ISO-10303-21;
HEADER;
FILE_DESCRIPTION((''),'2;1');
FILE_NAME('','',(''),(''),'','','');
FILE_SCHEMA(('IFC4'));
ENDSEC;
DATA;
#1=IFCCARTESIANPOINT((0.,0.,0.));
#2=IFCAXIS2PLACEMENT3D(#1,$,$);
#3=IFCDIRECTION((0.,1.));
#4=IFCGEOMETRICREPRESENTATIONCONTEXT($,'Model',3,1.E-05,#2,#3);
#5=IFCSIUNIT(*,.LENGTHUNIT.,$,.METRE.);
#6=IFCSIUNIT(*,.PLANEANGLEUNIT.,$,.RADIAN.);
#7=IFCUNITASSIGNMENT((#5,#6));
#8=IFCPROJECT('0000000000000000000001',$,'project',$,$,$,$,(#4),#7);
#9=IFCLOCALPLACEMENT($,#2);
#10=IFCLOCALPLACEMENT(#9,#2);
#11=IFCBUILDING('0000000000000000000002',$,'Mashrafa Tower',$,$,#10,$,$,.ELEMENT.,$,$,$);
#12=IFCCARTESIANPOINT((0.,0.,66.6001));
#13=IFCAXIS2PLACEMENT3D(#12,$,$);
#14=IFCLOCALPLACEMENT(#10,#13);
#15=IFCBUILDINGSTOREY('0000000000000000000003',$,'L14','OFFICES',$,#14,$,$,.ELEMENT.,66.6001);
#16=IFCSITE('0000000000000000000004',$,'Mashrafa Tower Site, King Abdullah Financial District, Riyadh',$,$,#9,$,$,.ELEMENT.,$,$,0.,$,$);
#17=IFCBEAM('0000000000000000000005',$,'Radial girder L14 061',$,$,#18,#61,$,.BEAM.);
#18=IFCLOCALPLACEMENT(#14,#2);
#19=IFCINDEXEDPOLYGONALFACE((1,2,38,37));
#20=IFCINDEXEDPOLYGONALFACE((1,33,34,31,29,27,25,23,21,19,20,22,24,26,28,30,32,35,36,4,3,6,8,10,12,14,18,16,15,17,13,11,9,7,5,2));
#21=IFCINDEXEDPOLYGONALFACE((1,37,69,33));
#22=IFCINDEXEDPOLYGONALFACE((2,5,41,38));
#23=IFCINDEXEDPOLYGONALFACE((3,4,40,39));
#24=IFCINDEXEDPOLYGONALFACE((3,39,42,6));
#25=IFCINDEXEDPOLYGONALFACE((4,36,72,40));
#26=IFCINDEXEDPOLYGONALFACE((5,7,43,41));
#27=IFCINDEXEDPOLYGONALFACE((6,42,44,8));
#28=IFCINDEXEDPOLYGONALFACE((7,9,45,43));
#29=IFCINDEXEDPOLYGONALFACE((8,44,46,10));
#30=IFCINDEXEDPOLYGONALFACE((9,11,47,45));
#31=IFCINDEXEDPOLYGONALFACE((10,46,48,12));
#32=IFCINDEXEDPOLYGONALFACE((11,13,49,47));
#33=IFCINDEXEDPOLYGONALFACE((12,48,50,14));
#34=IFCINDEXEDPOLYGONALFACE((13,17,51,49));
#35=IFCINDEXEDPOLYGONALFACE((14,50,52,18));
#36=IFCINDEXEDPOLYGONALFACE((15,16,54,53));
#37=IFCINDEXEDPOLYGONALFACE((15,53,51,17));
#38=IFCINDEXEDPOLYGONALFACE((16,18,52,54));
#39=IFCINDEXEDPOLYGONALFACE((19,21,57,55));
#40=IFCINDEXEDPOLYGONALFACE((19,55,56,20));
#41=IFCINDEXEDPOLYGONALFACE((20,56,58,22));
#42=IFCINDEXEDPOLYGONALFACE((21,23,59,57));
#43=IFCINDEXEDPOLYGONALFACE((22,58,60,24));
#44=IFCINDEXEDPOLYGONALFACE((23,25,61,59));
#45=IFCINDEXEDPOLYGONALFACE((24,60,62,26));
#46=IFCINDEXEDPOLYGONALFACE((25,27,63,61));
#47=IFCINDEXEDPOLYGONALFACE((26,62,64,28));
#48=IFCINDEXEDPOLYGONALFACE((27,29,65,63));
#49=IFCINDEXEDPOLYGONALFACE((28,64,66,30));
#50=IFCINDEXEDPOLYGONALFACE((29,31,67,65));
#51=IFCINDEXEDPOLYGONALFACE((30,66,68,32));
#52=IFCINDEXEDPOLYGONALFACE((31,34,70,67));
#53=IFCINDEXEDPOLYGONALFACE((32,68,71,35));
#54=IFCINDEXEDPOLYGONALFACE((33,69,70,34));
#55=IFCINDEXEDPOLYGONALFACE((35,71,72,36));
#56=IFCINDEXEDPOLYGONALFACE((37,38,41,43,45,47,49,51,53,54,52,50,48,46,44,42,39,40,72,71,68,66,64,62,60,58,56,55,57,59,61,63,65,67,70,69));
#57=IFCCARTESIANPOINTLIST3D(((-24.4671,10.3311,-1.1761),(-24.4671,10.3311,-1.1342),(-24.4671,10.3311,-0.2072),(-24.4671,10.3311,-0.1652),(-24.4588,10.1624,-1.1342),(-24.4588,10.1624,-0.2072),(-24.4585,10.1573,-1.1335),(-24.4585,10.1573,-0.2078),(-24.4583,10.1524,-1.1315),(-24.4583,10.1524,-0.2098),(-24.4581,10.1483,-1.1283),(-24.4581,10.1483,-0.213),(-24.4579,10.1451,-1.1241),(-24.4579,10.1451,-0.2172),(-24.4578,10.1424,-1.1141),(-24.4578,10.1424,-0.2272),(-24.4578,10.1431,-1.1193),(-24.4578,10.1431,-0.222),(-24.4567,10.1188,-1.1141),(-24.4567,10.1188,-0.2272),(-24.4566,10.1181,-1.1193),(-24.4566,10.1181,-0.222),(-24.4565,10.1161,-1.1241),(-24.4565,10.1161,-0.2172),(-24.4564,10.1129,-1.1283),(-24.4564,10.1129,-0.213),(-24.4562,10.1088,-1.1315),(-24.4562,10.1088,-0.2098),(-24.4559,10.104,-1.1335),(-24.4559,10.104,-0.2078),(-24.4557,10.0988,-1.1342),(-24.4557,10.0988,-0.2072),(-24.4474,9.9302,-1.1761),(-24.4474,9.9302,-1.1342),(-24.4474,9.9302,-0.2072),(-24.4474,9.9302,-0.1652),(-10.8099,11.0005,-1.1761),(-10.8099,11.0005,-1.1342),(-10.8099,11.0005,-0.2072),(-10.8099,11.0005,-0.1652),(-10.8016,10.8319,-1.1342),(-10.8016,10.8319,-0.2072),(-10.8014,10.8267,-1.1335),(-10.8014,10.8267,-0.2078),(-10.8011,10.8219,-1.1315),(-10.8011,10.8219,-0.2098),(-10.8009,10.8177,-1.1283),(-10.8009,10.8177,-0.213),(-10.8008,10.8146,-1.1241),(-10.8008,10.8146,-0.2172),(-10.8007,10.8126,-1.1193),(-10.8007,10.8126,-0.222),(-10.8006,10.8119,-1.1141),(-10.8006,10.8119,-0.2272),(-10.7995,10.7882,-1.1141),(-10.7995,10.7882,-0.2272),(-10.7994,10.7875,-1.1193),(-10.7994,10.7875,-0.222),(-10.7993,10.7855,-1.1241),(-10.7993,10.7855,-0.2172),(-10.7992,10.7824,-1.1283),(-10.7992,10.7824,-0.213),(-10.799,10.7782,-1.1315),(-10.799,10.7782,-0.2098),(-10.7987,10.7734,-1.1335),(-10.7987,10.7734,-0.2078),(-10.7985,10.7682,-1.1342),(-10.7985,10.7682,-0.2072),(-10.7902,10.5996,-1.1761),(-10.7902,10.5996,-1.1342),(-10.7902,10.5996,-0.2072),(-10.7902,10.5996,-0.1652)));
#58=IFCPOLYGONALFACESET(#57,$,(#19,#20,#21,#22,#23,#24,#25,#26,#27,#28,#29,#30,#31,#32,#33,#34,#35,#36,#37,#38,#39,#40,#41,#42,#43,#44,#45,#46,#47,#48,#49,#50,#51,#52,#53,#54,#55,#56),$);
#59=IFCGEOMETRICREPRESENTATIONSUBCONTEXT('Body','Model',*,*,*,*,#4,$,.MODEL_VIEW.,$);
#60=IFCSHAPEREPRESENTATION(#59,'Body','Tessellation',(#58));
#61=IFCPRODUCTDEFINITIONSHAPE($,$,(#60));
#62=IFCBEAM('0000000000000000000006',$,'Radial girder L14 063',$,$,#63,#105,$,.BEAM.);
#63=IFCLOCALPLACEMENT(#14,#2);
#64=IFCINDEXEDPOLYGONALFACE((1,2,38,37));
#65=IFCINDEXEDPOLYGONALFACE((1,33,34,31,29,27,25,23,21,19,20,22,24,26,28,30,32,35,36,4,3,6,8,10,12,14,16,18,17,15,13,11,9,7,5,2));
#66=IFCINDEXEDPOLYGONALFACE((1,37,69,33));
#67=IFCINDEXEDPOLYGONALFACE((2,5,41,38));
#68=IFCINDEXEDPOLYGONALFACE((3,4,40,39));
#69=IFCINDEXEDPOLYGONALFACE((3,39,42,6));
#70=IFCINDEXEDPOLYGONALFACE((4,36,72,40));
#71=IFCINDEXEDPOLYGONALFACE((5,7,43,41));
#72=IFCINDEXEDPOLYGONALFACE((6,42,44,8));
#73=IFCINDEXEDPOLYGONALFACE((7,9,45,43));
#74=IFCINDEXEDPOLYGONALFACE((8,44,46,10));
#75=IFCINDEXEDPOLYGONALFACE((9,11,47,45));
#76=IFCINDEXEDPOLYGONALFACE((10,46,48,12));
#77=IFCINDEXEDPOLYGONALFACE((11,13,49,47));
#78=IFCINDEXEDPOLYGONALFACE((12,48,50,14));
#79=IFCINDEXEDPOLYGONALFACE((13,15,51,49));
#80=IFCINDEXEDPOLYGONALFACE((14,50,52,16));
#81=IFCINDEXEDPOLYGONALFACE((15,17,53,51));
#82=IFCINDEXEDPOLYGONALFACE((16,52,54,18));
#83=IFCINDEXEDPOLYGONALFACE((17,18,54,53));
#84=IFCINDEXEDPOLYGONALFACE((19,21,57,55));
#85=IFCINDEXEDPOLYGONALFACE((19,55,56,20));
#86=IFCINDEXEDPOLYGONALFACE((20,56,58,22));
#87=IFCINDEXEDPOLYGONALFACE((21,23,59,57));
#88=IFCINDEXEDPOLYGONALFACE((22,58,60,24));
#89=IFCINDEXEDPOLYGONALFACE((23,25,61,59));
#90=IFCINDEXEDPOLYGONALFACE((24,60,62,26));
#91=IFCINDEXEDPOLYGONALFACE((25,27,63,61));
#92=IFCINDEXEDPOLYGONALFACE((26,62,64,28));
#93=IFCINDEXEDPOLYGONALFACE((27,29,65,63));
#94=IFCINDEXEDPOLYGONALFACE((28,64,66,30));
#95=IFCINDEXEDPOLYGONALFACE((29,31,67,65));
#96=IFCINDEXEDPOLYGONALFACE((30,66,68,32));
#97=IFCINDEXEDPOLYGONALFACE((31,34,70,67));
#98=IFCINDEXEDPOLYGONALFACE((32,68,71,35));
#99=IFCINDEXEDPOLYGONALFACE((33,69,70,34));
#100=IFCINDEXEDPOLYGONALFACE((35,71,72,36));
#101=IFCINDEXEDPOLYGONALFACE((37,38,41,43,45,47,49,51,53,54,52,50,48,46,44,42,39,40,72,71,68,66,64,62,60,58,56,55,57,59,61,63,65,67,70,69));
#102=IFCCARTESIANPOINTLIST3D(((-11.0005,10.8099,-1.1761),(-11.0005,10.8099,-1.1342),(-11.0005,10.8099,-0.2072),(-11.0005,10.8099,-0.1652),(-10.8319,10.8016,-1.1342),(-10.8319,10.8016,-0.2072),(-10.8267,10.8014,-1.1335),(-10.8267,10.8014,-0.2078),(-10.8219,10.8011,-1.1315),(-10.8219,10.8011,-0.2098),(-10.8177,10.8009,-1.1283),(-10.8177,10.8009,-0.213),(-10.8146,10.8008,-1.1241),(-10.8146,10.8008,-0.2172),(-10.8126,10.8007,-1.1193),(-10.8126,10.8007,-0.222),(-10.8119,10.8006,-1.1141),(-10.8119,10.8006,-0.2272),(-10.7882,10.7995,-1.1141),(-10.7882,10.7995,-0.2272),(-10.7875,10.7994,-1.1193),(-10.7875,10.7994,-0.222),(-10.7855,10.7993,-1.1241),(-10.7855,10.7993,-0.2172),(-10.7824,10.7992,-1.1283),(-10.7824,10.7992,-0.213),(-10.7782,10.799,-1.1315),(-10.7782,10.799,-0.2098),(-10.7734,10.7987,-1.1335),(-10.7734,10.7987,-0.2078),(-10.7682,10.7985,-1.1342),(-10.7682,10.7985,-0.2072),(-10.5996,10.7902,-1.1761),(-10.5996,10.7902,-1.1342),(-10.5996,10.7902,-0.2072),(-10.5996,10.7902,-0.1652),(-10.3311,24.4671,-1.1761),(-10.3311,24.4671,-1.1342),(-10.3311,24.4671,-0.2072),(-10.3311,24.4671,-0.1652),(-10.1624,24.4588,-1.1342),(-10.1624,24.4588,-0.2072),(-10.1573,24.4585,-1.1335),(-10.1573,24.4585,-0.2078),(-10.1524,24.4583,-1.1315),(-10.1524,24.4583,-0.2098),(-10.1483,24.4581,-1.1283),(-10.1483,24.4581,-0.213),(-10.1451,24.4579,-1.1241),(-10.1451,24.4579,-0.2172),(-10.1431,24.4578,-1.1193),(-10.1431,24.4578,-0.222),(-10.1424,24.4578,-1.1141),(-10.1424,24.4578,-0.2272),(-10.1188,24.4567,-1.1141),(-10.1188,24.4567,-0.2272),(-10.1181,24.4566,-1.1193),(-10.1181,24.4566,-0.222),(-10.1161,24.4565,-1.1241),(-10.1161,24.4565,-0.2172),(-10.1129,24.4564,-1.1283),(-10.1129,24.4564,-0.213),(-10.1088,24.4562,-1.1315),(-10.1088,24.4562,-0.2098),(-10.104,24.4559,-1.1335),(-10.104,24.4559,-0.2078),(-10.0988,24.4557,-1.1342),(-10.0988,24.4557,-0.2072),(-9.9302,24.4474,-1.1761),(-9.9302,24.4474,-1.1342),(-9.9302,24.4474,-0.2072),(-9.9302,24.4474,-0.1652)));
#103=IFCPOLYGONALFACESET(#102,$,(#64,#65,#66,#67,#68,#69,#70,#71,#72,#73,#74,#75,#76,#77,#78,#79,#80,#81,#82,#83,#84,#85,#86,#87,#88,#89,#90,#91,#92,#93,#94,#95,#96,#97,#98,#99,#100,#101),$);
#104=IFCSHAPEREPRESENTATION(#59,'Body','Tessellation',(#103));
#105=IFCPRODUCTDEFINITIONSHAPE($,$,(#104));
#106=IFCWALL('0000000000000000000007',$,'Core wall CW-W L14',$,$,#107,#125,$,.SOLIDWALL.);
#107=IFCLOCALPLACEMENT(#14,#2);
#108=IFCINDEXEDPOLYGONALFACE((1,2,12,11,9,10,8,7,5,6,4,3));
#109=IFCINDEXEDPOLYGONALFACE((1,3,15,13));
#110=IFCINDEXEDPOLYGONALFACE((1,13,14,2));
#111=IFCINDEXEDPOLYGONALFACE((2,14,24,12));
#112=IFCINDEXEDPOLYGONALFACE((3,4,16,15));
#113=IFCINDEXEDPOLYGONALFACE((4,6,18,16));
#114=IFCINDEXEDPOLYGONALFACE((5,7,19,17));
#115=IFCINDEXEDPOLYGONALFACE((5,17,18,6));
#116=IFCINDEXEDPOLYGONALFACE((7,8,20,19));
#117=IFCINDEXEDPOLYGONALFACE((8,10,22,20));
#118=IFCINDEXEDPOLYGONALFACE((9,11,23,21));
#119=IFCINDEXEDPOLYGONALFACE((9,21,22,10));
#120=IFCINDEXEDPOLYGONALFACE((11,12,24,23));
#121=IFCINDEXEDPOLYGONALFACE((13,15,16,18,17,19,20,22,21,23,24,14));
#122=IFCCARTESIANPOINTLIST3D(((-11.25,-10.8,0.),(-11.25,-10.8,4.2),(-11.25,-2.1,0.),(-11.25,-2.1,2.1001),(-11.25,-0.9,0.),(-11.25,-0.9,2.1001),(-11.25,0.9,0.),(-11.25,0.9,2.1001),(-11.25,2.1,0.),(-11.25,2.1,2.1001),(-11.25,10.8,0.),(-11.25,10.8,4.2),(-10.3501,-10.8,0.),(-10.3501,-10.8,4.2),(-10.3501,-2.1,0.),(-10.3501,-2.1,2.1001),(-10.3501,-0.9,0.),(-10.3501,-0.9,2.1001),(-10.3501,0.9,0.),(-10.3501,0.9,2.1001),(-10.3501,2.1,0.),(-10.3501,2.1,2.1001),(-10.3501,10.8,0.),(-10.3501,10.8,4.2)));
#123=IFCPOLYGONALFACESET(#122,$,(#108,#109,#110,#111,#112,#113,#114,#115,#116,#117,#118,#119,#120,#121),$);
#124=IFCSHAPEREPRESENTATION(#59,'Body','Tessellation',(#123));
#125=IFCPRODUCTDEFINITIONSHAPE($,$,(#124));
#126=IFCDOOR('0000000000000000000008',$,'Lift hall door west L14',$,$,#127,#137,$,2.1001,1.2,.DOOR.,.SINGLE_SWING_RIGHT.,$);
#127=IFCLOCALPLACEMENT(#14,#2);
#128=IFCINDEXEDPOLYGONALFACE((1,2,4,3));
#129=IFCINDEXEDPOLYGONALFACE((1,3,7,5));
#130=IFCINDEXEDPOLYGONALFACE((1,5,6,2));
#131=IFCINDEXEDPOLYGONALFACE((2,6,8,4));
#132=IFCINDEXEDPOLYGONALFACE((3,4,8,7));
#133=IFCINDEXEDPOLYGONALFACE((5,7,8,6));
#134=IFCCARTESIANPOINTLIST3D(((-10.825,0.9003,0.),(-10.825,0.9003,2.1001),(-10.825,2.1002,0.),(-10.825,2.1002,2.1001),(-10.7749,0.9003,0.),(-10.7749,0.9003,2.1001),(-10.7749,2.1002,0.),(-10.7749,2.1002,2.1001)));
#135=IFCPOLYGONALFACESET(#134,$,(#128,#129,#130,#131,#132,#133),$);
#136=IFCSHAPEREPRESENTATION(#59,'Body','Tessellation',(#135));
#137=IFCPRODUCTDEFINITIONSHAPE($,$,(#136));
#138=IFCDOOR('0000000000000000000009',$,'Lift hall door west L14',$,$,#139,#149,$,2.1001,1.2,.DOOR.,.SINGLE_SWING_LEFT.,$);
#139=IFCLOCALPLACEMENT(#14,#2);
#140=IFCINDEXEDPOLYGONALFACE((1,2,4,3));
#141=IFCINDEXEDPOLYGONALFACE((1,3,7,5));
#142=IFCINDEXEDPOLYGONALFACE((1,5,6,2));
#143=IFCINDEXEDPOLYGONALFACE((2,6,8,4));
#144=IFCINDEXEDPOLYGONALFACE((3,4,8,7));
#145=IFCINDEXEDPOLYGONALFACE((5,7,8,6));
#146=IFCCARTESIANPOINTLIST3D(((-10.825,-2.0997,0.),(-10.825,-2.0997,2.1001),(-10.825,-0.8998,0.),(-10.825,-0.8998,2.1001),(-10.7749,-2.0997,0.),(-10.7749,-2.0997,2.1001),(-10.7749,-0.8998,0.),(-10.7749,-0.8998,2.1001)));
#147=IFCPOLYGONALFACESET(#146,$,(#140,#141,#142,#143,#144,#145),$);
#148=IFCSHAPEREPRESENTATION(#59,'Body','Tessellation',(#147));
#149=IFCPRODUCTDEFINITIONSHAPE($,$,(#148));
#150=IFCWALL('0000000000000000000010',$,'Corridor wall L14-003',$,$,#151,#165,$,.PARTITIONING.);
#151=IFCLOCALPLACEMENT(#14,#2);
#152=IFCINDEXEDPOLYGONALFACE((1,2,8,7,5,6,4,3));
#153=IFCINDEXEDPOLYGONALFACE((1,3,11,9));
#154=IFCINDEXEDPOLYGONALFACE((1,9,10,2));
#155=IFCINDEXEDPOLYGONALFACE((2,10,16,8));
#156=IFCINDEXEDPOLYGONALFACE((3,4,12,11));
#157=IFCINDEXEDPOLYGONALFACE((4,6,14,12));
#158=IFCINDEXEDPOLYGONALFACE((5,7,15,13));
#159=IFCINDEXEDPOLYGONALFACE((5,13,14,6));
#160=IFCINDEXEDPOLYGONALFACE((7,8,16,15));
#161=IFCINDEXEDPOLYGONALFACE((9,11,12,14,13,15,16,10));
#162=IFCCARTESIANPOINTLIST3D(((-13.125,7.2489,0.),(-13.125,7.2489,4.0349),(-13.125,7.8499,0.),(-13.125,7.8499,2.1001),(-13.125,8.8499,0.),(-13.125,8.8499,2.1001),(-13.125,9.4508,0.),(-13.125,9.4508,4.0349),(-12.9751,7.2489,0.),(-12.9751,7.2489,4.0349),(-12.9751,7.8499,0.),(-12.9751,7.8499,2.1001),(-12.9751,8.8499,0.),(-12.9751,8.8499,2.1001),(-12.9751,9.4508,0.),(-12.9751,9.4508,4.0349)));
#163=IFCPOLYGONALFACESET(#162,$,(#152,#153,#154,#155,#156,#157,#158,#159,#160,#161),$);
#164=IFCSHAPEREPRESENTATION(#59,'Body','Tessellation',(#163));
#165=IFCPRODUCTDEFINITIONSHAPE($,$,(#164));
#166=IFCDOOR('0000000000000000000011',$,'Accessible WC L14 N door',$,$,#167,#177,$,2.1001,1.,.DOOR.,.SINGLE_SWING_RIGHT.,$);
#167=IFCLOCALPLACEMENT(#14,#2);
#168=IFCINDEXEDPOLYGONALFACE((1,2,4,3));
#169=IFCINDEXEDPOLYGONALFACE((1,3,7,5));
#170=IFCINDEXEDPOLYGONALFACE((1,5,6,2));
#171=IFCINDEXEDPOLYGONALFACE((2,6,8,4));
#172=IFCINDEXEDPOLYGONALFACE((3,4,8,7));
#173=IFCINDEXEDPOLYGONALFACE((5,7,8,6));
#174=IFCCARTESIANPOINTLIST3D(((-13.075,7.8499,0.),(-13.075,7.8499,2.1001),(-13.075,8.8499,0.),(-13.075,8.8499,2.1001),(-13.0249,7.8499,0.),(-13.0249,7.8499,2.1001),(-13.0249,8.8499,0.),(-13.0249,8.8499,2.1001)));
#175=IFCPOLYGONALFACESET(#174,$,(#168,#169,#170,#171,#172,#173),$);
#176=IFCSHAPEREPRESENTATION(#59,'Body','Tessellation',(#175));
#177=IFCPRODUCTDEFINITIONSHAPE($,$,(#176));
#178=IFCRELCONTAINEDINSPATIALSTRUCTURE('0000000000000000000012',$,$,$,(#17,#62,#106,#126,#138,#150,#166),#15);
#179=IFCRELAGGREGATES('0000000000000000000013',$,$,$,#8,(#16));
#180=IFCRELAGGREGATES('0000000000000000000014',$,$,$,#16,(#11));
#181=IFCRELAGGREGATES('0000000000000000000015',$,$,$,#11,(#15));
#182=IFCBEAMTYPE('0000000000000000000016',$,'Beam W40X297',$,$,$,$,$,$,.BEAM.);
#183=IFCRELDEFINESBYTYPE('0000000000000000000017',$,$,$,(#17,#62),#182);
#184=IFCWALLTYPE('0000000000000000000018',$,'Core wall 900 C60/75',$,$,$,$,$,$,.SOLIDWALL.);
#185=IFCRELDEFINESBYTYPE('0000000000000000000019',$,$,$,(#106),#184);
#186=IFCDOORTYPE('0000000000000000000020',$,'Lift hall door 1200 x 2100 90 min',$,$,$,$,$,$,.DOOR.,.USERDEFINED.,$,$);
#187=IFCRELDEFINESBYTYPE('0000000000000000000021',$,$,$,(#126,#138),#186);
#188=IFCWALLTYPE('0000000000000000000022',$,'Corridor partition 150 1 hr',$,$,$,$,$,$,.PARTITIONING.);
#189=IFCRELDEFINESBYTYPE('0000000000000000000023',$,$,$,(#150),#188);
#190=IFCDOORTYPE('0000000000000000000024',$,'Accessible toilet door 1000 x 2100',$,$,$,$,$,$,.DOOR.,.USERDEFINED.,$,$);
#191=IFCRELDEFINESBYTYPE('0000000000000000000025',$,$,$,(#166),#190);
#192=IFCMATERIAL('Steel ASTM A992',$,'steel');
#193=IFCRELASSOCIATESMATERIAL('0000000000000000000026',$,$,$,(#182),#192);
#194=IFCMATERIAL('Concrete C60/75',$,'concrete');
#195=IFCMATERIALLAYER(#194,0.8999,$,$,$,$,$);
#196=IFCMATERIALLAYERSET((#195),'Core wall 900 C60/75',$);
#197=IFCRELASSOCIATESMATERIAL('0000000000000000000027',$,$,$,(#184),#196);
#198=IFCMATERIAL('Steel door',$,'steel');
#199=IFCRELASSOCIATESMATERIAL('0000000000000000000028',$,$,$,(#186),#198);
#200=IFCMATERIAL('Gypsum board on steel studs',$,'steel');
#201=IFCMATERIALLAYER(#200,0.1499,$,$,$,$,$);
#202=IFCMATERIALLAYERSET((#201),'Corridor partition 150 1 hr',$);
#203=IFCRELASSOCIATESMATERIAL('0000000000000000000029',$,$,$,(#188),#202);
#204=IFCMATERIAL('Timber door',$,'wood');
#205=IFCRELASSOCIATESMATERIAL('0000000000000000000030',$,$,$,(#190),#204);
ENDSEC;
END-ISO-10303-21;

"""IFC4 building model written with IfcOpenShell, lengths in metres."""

from ifc_helpers import new_model, si_unit, direction, frame, frame_2d, origin, origin_2d, place, context, subcontext, project, spatial, rectangle, i_section, extrude, material, layer, layer_set, material_profile, profile_set, type_object, element, fill, save


model = new_model("IFC4")

# Units and contexts
model_context = context("Model", 3, precision=1e-05, world=origin(), true_north=direction((0.0, 1.0)))
body_context = subcontext(model_context, "Body", "Model", "MODEL_VIEW")
ifc_project = project(units=[si_unit("LENGTHUNIT", "METRE"), si_unit("PLANEANGLEUNIT", "RADIAN")], contexts=[model_context])

# Site, building, storey
site_placement = place(None, origin())
site = spatial("IfcSite", under=ifc_project, at=site_placement, Name="Mashrafa Tower Site, King Abdullah Financial District, Riyadh", CompositionType="ELEMENT", RefElevation=0.0)
building_placement = place(site_placement, origin())
building = spatial("IfcBuilding", under=site, at=building_placement, Name="Mashrafa Tower", CompositionType="ELEMENT")
storey_placement = place(building_placement, frame((0.0, 0.0, 66.6001)))
storey = spatial("IfcBuildingStorey", under=building, at=storey_placement, Name="L14", Description="OFFICES", CompositionType="ELEMENT", Elevation=66.6001)

# Beams
ifc_material_1 = material(Name="Steel ASTM A992", Category="steel")
ifc_material_profile_1 = material_profile(ifc_material_1, i_section(OverallWidth=0.4014, OverallDepth=1.011, WebThickness=0.0237, FlangeThickness=0.042, FilletRadius=0.02, at=origin_2d()), Name="W40X297")
ifc_profile_set_1 = profile_set([ifc_material_profile_1], Name="Steel ASTM A992")
beam_type_1 = type_object("IfcBeamType", Name="Beam W40X297", PredefinedType="BEAM", material=ifc_profile_set_1)
for number, where, z_axis, x_axis, name in (
    (1, (-10.8, 10.8, -0.6707), (-0.998801, -0.048958, 0.0), (0.048958, -0.998801, 0.0), "Radial girder L14 061"),
    (2, (-10.8, 10.8, -0.6707), (0.048958, 0.998801, 0.0), (-0.998801, 0.048958, 0.0), "Radial girder L14 063"),
):
    element("IfcBeam", number, at=place(storey_placement, frame(where, z_axis=z_axis, x_axis=x_axis)), inside=storey, type_object=beam_type_1, Name=name, PredefinedType="BEAM", context=body_context, shape_type="SweptSolid", body=[
        extrude(i_section(OverallWidth=0.4014, OverallDepth=1.011, WebThickness=0.0237, FlangeThickness=0.042, FilletRadius=0.02, at=origin_2d()), origin(), (0.0, 0.0, 1.0), 13.6736),
    ])

# Wall, openings, doors
ifc_material_2 = material(Name="Concrete C60/75", Category="concrete")
ifc_layer_1 = layer(ifc_material_2, 0.8999)
ifc_layer_set_1 = layer_set([ifc_layer_1], Name="Core wall 900 C60/75")
wall_type_1 = type_object("IfcWallType", Name="Core wall 900 C60/75", PredefinedType="SOLIDWALL", material=ifc_layer_set_1)
wall_1_placement = place(storey_placement, frame((-10.8, 10.8, 0.0), z_axis=(0.0, 0.0, 1.0), x_axis=(0.0, -1.0, 0.0)))
wall_1 = element("IfcWall", 3, at=wall_1_placement, inside=storey, type_object=wall_type_1, Name="Core wall CW-W L14", PredefinedType="SOLIDWALL", context=body_context, shape_type="SweptSolid", body=[
    extrude(rectangle(XDim=21.6001, YDim=0.8999, at=frame_2d((10.8, 0.0))), origin(), (0.0, 0.0, 1.0), 4.2),
])
opening_1_placement = place(wall_1_placement, frame((8.7, 0.0, 0.0)))
opening_1 = element("IfcOpeningElement", 4, at=opening_1_placement, cuts=wall_1, PredefinedType="OPENING", context=body_context, shape_type="SweptSolid", body=[
    extrude(rectangle(XDim=1.2, YDim=2.1001, at=frame_2d((0.6001, 1.05))), frame((0.0, 0.46, 0.0), z_axis=(0.0, -1.0, 0.0), x_axis=(1.0, 0.0, 0.0)), (0.0, 0.0, 1.0), 0.9199),
])
opening_2_placement = place(wall_1_placement, frame((11.7, 0.0, 0.0)))
opening_2 = element("IfcOpeningElement", 5, at=opening_2_placement, cuts=wall_1, PredefinedType="OPENING", context=body_context, shape_type="SweptSolid", body=[
    extrude(rectangle(XDim=1.2, YDim=2.1001, at=frame_2d((0.6001, 1.05))), frame((0.0, 0.46, 0.0), z_axis=(0.0, -1.0, 0.0), x_axis=(1.0, 0.0, 0.0)), (0.0, 0.0, 1.0), 0.9199),
])
ifc_material_3 = material(Name="Steel door", Category="steel")
door_type_1 = type_object("IfcDoorType", Name="Lift hall door 1200 x 2100 90 min", OperationType="USERDEFINED", PredefinedType="DOOR", material=ifc_material_3)
door_1_placement = place(opening_1_placement, frame((1.2, 0.0, 0.0), z_axis=(0.0, 0.0, 1.0), x_axis=(-1.0, 0.0, 0.0)))
door_1 = element("IfcDoor", 6, at=door_1_placement, inside=storey, type_object=door_type_1, Name="Lift hall door west L14", OperationType="SINGLE_SWING_RIGHT", OverallHeight=2.1001, OverallWidth=1.2, PredefinedType="DOOR", context=body_context, shape_type="SweptSolid", body=[
    extrude(rectangle(XDim=1.2, YDim=2.1001, at=frame_2d((0.6001, 1.05))), frame((0.0, 0.0249, 0.0), z_axis=(0.0, -1.0, 0.0), x_axis=(1.0, 0.0, 0.0)), (0.0, 0.0, 1.0), 0.05),
])
fill(opening_1, door_1)
door_2_placement = place(opening_2_placement, frame((1.2, 0.0, 0.0), z_axis=(0.0, 0.0, 1.0), x_axis=(-1.0, 0.0, 0.0)))
door_2 = element("IfcDoor", 7, at=door_2_placement, inside=storey, type_object=door_type_1, Name="Lift hall door west L14", OperationType="SINGLE_SWING_LEFT", OverallHeight=2.1001, OverallWidth=1.2, PredefinedType="DOOR", context=body_context, shape_type="SweptSolid", body=[
    extrude(rectangle(XDim=1.2, YDim=2.1001, at=frame_2d((0.6001, 1.05))), frame((0.0, 0.0249, 0.0), z_axis=(0.0, -1.0, 0.0), x_axis=(1.0, 0.0, 0.0)), (0.0, 0.0, 1.0), 0.05),
])
fill(opening_2, door_2)

# Wall, opening, door
ifc_material_4 = material(Name="Gypsum board on steel studs", Category="steel")
ifc_layer_2 = layer(ifc_material_4, 0.1499)
ifc_layer_set_2 = layer_set([ifc_layer_2], Name="Corridor partition 150 1 hr")
wall_type_2 = type_object("IfcWallType", Name="Corridor partition 150 1 hr", PredefinedType="PARTITIONING", material=ifc_layer_set_2)
wall_2_placement = place(storey_placement, frame((-13.05, 9.4509, 0.0), z_axis=(0.0, 0.0, 1.0), x_axis=(0.0, -1.0, 0.0)))
wall_2 = element("IfcWall", 8, at=wall_2_placement, inside=storey, type_object=wall_type_2, Name="Corridor wall L14-003", PredefinedType="PARTITIONING", context=body_context, shape_type="SweptSolid", body=[
    extrude(rectangle(XDim=2.2019, YDim=0.1499, at=frame_2d((1.1011, 0.0))), origin(), (0.0, 0.0, 1.0), 4.0349),
])
opening_3_placement = place(wall_2_placement, frame((0.6011, 0.0, 0.0)))
opening_3 = element("IfcOpeningElement", 9, at=opening_3_placement, cuts=wall_2, PredefinedType="OPENING", context=body_context, shape_type="SweptSolid", body=[
    extrude(rectangle(XDim=1.0, YDim=2.1001, at=frame_2d((0.5, 1.05))), frame((0.0, 0.085, 0.0), z_axis=(0.0, -1.0, 0.0), x_axis=(1.0, 0.0, 0.0)), (0.0, 0.0, 1.0), 0.1699),
])
ifc_material_5 = material(Name="Timber door", Category="wood")
door_type_2 = type_object("IfcDoorType", Name="Accessible toilet door 1000 x 2100", OperationType="USERDEFINED", PredefinedType="DOOR", material=ifc_material_5)
door_3_placement = place(opening_3_placement, frame((1.0, 0.0, 0.0), z_axis=(0.0, 0.0, 1.0), x_axis=(-1.0, 0.0, 0.0)))
door_3 = element("IfcDoor", 10, at=door_3_placement, inside=storey, type_object=door_type_2, Name="Accessible WC L14 N door", OperationType="SINGLE_SWING_RIGHT", OverallHeight=2.1001, OverallWidth=1.0, PredefinedType="DOOR", context=body_context, shape_type="SweptSolid", body=[
    extrude(rectangle(XDim=1.0, YDim=2.1001, at=frame_2d((0.5, 1.05))), frame((0.0, 0.0249, 0.0), z_axis=(0.0, -1.0, 0.0), x_axis=(1.0, 0.0, 0.0)), (0.0, 0.0, 1.0), 0.05),
])
fill(opening_3, door_3)

save(model, "model.ifc")
